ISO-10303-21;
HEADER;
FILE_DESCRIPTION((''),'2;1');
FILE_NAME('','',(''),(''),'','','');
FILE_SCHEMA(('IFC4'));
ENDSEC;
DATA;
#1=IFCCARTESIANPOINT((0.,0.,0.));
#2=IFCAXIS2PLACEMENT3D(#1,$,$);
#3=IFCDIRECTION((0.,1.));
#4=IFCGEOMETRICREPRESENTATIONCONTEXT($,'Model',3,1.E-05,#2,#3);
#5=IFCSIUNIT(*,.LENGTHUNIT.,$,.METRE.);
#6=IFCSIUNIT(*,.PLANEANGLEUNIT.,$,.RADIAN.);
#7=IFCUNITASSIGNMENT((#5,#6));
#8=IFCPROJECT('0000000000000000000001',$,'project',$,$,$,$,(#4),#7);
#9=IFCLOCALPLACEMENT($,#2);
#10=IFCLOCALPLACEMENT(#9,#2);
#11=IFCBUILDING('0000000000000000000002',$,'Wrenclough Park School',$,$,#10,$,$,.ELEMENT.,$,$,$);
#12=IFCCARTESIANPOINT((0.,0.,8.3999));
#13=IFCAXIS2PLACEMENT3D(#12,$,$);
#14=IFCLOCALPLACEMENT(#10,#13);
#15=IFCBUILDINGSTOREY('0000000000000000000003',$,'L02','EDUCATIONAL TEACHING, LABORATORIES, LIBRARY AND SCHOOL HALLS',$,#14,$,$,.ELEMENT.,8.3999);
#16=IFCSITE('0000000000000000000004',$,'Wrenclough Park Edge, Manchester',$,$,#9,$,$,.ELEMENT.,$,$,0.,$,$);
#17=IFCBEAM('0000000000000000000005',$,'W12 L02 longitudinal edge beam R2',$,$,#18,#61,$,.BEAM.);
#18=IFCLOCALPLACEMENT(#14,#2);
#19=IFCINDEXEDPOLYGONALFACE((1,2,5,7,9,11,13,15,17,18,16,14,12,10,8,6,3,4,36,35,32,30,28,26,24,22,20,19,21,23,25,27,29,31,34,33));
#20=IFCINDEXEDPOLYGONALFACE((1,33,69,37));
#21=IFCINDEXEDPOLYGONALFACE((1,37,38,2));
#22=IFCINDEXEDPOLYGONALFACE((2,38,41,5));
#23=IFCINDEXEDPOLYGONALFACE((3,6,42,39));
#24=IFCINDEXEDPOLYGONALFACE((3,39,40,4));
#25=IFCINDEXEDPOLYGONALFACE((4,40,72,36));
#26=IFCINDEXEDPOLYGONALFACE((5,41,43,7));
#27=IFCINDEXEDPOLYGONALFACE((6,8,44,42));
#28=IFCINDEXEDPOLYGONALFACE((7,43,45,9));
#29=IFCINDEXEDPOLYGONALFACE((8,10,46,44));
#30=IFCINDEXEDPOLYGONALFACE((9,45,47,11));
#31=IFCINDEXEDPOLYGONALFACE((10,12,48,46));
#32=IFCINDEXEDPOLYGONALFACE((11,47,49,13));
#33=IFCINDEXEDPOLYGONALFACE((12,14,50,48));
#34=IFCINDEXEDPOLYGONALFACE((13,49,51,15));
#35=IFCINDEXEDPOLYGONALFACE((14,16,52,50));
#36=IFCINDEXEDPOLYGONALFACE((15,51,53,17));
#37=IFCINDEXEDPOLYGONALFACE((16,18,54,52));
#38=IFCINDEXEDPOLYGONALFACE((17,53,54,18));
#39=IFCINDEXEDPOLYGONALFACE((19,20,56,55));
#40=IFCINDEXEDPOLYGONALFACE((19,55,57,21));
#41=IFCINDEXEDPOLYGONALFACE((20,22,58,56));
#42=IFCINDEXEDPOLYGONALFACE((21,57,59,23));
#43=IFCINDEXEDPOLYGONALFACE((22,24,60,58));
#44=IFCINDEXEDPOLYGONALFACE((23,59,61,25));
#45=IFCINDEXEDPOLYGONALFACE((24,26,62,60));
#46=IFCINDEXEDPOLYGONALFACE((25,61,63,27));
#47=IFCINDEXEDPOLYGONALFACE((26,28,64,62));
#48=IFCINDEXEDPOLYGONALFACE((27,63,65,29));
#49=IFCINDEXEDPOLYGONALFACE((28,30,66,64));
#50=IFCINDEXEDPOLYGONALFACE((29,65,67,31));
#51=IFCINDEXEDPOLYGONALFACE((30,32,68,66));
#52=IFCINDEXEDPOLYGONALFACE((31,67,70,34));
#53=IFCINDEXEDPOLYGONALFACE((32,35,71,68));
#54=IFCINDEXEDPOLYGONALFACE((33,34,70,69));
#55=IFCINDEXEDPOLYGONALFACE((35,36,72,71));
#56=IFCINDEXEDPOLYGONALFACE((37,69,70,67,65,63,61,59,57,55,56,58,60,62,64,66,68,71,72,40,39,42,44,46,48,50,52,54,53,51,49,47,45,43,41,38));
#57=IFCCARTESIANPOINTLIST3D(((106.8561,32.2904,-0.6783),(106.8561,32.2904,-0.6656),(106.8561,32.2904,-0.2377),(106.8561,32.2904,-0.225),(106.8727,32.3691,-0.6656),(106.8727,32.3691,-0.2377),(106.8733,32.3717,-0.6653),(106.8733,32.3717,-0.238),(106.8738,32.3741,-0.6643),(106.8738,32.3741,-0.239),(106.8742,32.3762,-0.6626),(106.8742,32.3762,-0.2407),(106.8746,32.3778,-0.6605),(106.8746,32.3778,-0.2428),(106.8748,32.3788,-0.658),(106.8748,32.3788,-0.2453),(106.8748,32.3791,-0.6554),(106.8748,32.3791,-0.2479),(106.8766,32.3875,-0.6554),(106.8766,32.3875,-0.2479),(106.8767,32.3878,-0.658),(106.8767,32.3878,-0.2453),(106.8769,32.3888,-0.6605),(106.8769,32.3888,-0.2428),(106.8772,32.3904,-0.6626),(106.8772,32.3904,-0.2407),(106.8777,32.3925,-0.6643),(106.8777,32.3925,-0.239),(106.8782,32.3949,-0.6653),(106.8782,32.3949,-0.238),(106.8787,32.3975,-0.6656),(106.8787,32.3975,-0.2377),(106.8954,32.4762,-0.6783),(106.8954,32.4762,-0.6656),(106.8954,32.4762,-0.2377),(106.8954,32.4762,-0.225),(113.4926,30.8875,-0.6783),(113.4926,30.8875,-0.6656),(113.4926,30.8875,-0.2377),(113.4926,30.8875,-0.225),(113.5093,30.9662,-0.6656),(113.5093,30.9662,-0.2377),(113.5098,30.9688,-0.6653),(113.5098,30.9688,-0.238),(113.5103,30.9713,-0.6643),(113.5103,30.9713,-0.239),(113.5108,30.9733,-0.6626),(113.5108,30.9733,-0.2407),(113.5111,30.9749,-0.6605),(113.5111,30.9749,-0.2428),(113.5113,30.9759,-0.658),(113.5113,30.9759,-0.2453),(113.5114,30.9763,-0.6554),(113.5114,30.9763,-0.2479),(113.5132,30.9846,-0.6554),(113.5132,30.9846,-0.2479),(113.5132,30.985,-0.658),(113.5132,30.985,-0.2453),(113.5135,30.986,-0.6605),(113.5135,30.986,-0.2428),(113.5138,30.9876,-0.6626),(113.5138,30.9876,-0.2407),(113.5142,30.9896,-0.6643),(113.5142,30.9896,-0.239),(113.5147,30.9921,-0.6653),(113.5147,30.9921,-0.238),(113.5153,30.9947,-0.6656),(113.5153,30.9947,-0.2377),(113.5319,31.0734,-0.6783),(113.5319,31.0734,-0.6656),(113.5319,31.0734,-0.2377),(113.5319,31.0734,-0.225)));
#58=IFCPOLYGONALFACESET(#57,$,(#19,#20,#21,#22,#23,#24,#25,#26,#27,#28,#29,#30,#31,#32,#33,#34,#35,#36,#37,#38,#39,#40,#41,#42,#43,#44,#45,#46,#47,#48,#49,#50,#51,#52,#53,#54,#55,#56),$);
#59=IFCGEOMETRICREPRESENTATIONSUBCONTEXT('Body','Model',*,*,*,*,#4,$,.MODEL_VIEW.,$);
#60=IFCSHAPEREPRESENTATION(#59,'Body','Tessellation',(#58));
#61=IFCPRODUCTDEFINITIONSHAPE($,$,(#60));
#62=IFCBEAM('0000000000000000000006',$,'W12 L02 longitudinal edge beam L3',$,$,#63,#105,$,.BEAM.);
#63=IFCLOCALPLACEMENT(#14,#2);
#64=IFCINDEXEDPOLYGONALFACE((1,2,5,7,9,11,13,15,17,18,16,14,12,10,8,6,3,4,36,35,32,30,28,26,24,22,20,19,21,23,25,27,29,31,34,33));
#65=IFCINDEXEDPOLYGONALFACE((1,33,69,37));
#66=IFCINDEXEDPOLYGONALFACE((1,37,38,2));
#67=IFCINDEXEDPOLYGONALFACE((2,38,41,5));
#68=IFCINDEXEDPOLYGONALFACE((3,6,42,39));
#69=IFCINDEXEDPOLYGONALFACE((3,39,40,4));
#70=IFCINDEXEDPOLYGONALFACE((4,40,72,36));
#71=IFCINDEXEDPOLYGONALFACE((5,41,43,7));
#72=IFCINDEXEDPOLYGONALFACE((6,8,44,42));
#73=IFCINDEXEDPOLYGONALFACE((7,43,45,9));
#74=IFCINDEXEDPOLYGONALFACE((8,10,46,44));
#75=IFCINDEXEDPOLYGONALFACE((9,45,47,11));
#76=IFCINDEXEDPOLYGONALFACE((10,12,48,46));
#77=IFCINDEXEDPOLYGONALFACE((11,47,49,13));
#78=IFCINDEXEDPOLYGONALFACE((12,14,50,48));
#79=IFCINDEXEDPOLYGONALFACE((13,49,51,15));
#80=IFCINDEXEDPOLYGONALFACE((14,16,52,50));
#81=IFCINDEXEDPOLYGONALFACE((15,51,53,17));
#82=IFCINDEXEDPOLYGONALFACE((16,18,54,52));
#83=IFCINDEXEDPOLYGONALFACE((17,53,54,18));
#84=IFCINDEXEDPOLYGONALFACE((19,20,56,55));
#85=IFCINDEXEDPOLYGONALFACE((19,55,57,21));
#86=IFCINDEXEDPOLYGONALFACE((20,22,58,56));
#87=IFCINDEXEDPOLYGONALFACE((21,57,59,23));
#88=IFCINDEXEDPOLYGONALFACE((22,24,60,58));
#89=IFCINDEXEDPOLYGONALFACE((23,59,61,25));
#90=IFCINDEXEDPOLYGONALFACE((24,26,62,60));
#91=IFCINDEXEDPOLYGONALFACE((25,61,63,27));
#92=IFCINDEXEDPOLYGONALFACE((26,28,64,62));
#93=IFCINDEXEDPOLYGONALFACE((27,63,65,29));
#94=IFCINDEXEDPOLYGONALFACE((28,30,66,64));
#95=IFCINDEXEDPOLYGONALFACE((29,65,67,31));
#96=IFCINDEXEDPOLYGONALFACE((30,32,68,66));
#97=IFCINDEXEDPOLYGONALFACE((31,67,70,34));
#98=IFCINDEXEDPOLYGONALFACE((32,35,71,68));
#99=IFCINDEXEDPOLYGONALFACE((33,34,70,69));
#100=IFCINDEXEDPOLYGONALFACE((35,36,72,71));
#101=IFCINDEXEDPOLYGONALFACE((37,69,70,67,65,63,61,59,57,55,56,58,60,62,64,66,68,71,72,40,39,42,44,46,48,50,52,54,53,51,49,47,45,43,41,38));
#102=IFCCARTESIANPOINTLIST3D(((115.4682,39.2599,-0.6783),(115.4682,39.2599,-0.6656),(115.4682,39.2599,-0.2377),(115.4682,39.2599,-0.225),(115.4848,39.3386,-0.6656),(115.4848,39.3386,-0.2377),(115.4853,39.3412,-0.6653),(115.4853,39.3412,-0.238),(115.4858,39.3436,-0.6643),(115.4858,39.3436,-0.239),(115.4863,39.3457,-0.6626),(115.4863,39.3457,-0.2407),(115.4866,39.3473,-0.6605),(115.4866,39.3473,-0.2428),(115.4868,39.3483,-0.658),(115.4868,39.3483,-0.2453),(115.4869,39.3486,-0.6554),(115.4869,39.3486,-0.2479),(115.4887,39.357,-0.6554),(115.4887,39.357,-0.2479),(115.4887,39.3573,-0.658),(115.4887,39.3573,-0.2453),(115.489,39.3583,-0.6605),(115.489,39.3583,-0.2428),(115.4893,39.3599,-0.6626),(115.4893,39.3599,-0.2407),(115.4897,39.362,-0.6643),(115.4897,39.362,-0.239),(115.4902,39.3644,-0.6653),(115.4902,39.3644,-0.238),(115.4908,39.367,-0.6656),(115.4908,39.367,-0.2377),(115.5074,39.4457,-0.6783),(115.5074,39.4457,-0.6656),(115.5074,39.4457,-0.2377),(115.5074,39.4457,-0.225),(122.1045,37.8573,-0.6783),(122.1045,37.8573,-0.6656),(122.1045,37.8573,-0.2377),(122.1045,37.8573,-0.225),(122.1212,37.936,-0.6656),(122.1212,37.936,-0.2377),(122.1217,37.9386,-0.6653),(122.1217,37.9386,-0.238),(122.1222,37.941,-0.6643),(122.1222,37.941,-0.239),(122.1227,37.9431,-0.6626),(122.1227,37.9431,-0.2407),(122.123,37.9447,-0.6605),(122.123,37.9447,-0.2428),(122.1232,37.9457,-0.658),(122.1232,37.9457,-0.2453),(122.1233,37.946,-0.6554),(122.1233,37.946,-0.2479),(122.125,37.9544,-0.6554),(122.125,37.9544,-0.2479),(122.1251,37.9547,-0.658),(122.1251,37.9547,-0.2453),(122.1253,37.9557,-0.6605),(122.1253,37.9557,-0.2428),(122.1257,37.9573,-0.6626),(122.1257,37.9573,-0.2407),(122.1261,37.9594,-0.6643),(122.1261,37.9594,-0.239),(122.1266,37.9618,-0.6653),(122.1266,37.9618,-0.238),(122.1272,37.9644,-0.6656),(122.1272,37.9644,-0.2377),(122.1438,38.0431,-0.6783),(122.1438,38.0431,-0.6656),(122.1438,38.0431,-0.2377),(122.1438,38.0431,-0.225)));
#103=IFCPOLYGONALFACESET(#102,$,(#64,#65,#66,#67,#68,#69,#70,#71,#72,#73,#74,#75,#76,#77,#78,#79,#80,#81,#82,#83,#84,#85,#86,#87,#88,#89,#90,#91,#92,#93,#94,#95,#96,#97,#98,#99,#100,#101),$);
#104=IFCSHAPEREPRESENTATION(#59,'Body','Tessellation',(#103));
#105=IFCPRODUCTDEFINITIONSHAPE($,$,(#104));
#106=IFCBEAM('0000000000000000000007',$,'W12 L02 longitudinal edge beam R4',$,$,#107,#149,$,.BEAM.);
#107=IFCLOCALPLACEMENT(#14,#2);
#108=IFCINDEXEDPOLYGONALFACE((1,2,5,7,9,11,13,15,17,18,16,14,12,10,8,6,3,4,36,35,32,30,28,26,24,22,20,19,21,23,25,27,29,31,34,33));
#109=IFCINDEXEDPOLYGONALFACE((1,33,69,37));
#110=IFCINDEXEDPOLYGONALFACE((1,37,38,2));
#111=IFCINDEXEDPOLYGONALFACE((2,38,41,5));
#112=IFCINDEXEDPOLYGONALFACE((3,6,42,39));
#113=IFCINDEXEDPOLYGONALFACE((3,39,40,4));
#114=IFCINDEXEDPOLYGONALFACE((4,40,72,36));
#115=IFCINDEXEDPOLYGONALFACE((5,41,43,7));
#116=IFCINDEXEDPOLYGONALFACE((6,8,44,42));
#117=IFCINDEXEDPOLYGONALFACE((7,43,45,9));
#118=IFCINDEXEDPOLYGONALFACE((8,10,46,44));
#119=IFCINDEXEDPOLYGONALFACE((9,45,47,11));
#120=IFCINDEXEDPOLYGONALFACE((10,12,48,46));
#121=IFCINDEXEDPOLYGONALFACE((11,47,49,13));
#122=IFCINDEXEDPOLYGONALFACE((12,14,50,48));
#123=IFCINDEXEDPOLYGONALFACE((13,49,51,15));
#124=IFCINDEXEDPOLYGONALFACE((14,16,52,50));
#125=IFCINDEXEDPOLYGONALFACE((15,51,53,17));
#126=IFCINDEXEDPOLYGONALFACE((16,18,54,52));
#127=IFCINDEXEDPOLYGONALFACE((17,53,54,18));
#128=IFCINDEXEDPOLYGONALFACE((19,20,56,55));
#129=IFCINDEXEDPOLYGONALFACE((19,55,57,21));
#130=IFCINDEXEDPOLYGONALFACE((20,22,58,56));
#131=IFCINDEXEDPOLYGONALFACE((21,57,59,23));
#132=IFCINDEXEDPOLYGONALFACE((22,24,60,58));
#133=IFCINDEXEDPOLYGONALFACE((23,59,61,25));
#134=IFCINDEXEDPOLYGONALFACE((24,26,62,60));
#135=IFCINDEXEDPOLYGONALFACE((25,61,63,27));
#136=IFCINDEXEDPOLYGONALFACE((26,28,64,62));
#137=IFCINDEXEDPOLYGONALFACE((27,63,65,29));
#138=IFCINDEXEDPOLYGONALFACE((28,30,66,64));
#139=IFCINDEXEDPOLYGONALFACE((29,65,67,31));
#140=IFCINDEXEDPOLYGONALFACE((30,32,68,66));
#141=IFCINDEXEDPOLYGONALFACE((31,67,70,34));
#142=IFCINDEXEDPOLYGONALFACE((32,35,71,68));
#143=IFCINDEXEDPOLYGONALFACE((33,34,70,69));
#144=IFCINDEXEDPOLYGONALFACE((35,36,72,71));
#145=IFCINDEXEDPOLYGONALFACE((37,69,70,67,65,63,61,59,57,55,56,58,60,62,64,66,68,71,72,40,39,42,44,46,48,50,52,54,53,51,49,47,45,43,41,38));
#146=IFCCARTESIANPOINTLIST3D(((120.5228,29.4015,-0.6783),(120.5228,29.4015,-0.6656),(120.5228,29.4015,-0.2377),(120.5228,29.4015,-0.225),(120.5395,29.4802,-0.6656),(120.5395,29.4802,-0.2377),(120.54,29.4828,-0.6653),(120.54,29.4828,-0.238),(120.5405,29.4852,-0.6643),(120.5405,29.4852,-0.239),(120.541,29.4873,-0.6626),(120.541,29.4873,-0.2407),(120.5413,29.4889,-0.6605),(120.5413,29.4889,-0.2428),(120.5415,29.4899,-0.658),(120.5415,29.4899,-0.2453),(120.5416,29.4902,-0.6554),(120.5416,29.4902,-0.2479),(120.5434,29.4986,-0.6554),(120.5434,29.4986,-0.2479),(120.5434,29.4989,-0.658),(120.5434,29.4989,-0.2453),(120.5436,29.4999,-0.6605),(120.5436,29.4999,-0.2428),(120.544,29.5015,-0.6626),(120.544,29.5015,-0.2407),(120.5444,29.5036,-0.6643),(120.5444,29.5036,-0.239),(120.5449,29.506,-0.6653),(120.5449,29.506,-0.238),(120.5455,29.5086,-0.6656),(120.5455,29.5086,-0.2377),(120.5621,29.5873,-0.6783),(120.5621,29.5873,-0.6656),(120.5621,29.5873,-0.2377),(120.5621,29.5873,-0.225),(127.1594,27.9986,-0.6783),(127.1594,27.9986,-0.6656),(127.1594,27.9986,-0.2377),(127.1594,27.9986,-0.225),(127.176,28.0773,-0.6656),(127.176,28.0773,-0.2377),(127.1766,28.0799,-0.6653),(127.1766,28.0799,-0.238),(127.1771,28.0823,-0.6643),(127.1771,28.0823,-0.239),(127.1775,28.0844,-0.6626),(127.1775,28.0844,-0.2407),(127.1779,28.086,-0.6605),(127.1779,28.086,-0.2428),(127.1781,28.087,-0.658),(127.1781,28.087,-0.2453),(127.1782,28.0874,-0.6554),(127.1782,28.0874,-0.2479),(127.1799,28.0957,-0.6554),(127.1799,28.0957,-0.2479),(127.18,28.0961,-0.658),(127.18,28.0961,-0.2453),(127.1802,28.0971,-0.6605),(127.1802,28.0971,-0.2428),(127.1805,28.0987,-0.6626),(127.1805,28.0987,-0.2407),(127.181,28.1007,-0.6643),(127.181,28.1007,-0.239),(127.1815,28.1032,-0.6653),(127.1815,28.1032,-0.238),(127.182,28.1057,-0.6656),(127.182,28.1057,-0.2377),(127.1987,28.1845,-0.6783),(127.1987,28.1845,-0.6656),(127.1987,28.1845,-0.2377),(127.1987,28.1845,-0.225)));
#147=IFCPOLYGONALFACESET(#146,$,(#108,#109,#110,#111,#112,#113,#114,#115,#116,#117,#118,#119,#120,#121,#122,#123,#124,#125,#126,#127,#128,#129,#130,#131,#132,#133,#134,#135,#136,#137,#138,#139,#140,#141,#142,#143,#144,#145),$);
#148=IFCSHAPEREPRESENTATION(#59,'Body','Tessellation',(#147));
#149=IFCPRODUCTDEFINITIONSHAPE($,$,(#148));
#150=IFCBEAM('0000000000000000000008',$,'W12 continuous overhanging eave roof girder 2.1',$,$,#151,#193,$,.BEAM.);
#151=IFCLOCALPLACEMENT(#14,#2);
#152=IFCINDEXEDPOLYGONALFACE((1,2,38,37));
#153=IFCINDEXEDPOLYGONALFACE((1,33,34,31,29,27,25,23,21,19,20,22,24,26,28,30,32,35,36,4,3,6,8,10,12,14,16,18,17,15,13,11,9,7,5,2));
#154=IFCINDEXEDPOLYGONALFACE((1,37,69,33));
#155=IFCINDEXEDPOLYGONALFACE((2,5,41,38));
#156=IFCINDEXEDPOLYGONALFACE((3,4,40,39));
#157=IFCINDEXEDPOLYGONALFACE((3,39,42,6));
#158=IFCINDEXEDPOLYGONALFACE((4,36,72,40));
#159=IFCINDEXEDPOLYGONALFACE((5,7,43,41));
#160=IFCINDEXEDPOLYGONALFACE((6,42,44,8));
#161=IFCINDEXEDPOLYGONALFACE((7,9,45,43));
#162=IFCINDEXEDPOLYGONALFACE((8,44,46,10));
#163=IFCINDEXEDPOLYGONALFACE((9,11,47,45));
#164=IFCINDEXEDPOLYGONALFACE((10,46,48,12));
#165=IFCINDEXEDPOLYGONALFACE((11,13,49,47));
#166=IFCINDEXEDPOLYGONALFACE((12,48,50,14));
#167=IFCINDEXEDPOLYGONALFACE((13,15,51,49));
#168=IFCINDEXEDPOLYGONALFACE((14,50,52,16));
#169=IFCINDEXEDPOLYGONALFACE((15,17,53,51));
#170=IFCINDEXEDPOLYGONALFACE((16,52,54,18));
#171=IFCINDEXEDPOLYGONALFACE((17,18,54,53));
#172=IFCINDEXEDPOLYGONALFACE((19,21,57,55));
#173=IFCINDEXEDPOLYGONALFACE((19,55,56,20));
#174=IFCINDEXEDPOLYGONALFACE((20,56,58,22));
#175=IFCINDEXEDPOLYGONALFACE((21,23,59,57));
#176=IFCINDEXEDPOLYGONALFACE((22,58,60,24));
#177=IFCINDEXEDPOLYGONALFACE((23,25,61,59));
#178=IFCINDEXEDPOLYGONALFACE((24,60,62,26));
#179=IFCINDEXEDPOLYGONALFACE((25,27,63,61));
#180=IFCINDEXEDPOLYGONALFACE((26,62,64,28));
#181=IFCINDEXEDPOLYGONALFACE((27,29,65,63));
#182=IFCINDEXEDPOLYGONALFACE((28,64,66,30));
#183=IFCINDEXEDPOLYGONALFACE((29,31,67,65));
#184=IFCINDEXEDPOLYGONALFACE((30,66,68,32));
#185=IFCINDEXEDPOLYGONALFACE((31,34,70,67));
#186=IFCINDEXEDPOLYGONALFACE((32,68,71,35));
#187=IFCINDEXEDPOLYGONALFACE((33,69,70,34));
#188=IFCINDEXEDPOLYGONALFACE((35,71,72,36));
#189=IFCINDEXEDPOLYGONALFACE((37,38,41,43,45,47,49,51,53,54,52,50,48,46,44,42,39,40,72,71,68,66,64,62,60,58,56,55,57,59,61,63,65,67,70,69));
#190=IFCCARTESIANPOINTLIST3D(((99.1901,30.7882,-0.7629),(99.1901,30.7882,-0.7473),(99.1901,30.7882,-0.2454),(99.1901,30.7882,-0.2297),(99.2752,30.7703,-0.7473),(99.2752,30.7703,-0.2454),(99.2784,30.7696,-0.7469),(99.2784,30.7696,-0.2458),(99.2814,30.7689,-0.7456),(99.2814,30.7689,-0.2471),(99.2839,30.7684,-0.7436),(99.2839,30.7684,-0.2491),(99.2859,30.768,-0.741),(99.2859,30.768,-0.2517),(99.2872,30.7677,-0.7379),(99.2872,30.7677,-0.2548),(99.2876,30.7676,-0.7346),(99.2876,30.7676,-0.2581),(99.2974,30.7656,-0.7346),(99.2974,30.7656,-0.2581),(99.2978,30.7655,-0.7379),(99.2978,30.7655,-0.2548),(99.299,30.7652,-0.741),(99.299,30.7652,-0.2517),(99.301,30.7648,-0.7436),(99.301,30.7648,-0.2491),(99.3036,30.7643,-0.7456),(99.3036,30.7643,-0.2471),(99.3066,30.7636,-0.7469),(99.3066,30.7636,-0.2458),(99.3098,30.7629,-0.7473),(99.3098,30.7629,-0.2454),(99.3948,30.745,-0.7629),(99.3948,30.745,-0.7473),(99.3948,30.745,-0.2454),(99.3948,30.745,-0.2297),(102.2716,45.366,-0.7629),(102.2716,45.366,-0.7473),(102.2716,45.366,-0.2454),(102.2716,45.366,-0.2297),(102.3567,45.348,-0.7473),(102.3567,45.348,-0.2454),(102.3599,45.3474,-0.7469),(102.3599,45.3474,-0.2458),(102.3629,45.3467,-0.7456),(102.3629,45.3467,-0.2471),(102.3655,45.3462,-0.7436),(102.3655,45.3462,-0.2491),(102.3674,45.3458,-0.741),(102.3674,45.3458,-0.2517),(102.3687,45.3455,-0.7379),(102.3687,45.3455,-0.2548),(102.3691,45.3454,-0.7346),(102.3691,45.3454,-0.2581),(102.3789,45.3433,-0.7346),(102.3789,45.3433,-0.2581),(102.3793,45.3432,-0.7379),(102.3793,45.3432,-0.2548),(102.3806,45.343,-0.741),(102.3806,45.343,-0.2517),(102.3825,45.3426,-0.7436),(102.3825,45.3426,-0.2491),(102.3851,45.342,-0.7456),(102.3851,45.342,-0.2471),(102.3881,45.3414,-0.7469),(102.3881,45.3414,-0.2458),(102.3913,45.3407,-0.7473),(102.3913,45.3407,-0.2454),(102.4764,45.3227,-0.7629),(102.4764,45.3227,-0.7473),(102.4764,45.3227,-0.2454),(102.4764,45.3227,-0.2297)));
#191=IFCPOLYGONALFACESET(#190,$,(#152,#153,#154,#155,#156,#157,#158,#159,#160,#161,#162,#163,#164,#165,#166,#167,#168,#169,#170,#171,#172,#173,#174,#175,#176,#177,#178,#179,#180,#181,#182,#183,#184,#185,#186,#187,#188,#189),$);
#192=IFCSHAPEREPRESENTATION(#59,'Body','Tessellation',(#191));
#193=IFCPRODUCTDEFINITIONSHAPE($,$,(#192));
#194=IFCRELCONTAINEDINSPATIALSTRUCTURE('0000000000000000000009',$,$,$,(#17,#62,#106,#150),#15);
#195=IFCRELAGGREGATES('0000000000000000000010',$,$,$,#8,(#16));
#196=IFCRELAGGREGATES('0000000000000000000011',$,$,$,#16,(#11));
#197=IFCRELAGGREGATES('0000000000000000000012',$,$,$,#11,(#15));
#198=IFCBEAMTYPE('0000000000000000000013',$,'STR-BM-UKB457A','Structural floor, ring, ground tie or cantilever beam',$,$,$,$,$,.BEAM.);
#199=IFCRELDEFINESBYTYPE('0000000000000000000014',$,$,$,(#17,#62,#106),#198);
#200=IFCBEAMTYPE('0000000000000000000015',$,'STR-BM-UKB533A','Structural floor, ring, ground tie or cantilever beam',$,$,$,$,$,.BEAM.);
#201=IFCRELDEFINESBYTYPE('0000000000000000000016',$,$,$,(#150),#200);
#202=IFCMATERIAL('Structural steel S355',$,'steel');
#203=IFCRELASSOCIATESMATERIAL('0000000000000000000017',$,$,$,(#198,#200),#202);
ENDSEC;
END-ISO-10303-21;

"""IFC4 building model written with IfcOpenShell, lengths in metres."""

from ifc_helpers import new_model, si_unit, direction, frame, origin, origin_2d, place, context, subcontext, project, spatial, i_section, extrude, material, material_profile, profile_set, type_object, element, save


model = new_model("IFC4")

# Units and contexts
model_context = context("Model", 3, precision=1e-05, world=origin(), true_north=direction((0.0, 1.0)))
body_context = subcontext(model_context, "Body", "Model", "MODEL_VIEW")
ifc_project = project(units=[si_unit("LENGTHUNIT", "METRE"), si_unit("PLANEANGLEUNIT", "RADIAN")], contexts=[model_context])

# Site, building, storey
site_placement = place(None, origin())
site = spatial("IfcSite", under=ifc_project, at=site_placement, Name="Wrenclough Park Edge, Manchester", CompositionType="ELEMENT", RefElevation=0.0)
building_placement = place(site_placement, origin())
building = spatial("IfcBuilding", under=site, at=building_placement, Name="Wrenclough Park School", CompositionType="ELEMENT")
storey_placement = place(building_placement, frame((0.0, 0.0, 8.3999)))
storey = spatial("IfcBuildingStorey", under=building, at=storey_placement, Name="L02", Description="EDUCATIONAL TEACHING, LABORATORIES, LIBRARY AND SCHOOL HALLS", CompositionType="ELEMENT", Elevation=8.3999)

# Beams
ifc_material_1 = material(Name="Structural steel S355", Category="steel")
ifc_material_profile_1 = material_profile(ifc_material_1, i_section(OverallWidth=0.1899, OverallDepth=0.4534, WebThickness=0.0085, FlangeThickness=0.0127, FilletRadius=0.0103, at=origin_2d()), Name="UKB 457x191x67")
ifc_profile_set_1 = profile_set([ifc_material_profile_1], Name="Structural steel S355")
beam_type_1 = type_object("IfcBeamType", Name="STR-BM-UKB457A", Description="Structural floor, ring, ground tie or cantilever beam", PredefinedType="BEAM", material=ifc_profile_set_1)
for number, where, z_axis, x_axis, name in (
    (1, (106.8757, 32.3833, -0.4517), (0.978381, -0.206812, 0.0), (0.206812, 0.978381, 0.0), "W12 L02 longitudinal edge beam R2"),
):
    element("IfcBeam", number, at=place(storey_placement, frame(where, z_axis=z_axis, x_axis=x_axis)), inside=storey, type_object=beam_type_1, Name=name, PredefinedType="BEAM", context=body_context, shape_type="SweptSolid", body=[
        extrude(i_section(OverallWidth=0.1899, OverallDepth=0.4534, WebThickness=0.0085, FlangeThickness=0.0127, FilletRadius=0.0103, at=origin_2d()), origin(), (0.0, 0.0, 1.0), 6.7832),
    ])
beam_1_placement = place(storey_placement, frame((115.4878, 39.3528, -0.4517), z_axis=(0.978388, -0.206778, 0.0), x_axis=(0.206778, 0.978388, 0.0)))
element("IfcBeam", 2, at=beam_1_placement, inside=storey, type_object=beam_type_1, Name="W12 L02 longitudinal edge beam L3", PredefinedType="BEAM", context=body_context, shape_type="SweptSolid", body=[
    extrude(i_section(OverallWidth=0.1899, OverallDepth=0.4534, WebThickness=0.0085, FlangeThickness=0.0127, FilletRadius=0.0103, at=origin_2d()), origin(), (0.0, 0.0, 1.0), 6.783),
])
beam_2_placement = place(storey_placement, frame((120.5425, 29.4944, -0.4517), z_axis=(0.978381, -0.206812, 0.0), x_axis=(0.206812, 0.978381, 0.0)))
element("IfcBeam", 3, at=beam_2_placement, inside=storey, type_object=beam_type_1, Name="W12 L02 longitudinal edge beam R4", PredefinedType="BEAM", context=body_context, shape_type="SweptSolid", body=[
    extrude(i_section(OverallWidth=0.1899, OverallDepth=0.4534, WebThickness=0.0085, FlangeThickness=0.0127, FilletRadius=0.0103, at=origin_2d()), origin(), (0.0, 0.0, 1.0), 6.7832),
])
ifc_material_profile_2 = material_profile(ifc_material_1, i_section(OverallWidth=0.2092, OverallDepth=0.5332, WebThickness=0.01, FlangeThickness=0.0156, FilletRadius=0.0127, at=origin_2d()), Name="UKB 533x210x92")
ifc_profile_set_2 = profile_set([ifc_material_profile_2], Name="Structural steel S355")
beam_type_2 = type_object("IfcBeamType", Name="STR-BM-UKB533A", Description="Structural floor, ring, ground tie or cantilever beam", PredefinedType="BEAM", material=ifc_profile_set_2)
for number, where, z_axis, x_axis, name in (
    (4, (99.2925, 30.7666, -0.4963), (0.206815, 0.97838, 0.0), (-0.97838, 0.206815, 0.0), "W12 continuous overhanging eave roof girder 2.1"),
):
    element("IfcBeam", number, at=place(storey_placement, frame(where, z_axis=z_axis, x_axis=x_axis)), inside=storey, type_object=beam_type_2, Name=name, PredefinedType="BEAM", context=body_context, shape_type="SweptSolid", body=[
        extrude(i_section(OverallWidth=0.2092, OverallDepth=0.5332, WebThickness=0.01, FlangeThickness=0.0156, FilletRadius=0.0127, at=origin_2d()), origin(), (0.0, 0.0, 1.0), 14.8999),
    ])

save(model, "model.ifc")
